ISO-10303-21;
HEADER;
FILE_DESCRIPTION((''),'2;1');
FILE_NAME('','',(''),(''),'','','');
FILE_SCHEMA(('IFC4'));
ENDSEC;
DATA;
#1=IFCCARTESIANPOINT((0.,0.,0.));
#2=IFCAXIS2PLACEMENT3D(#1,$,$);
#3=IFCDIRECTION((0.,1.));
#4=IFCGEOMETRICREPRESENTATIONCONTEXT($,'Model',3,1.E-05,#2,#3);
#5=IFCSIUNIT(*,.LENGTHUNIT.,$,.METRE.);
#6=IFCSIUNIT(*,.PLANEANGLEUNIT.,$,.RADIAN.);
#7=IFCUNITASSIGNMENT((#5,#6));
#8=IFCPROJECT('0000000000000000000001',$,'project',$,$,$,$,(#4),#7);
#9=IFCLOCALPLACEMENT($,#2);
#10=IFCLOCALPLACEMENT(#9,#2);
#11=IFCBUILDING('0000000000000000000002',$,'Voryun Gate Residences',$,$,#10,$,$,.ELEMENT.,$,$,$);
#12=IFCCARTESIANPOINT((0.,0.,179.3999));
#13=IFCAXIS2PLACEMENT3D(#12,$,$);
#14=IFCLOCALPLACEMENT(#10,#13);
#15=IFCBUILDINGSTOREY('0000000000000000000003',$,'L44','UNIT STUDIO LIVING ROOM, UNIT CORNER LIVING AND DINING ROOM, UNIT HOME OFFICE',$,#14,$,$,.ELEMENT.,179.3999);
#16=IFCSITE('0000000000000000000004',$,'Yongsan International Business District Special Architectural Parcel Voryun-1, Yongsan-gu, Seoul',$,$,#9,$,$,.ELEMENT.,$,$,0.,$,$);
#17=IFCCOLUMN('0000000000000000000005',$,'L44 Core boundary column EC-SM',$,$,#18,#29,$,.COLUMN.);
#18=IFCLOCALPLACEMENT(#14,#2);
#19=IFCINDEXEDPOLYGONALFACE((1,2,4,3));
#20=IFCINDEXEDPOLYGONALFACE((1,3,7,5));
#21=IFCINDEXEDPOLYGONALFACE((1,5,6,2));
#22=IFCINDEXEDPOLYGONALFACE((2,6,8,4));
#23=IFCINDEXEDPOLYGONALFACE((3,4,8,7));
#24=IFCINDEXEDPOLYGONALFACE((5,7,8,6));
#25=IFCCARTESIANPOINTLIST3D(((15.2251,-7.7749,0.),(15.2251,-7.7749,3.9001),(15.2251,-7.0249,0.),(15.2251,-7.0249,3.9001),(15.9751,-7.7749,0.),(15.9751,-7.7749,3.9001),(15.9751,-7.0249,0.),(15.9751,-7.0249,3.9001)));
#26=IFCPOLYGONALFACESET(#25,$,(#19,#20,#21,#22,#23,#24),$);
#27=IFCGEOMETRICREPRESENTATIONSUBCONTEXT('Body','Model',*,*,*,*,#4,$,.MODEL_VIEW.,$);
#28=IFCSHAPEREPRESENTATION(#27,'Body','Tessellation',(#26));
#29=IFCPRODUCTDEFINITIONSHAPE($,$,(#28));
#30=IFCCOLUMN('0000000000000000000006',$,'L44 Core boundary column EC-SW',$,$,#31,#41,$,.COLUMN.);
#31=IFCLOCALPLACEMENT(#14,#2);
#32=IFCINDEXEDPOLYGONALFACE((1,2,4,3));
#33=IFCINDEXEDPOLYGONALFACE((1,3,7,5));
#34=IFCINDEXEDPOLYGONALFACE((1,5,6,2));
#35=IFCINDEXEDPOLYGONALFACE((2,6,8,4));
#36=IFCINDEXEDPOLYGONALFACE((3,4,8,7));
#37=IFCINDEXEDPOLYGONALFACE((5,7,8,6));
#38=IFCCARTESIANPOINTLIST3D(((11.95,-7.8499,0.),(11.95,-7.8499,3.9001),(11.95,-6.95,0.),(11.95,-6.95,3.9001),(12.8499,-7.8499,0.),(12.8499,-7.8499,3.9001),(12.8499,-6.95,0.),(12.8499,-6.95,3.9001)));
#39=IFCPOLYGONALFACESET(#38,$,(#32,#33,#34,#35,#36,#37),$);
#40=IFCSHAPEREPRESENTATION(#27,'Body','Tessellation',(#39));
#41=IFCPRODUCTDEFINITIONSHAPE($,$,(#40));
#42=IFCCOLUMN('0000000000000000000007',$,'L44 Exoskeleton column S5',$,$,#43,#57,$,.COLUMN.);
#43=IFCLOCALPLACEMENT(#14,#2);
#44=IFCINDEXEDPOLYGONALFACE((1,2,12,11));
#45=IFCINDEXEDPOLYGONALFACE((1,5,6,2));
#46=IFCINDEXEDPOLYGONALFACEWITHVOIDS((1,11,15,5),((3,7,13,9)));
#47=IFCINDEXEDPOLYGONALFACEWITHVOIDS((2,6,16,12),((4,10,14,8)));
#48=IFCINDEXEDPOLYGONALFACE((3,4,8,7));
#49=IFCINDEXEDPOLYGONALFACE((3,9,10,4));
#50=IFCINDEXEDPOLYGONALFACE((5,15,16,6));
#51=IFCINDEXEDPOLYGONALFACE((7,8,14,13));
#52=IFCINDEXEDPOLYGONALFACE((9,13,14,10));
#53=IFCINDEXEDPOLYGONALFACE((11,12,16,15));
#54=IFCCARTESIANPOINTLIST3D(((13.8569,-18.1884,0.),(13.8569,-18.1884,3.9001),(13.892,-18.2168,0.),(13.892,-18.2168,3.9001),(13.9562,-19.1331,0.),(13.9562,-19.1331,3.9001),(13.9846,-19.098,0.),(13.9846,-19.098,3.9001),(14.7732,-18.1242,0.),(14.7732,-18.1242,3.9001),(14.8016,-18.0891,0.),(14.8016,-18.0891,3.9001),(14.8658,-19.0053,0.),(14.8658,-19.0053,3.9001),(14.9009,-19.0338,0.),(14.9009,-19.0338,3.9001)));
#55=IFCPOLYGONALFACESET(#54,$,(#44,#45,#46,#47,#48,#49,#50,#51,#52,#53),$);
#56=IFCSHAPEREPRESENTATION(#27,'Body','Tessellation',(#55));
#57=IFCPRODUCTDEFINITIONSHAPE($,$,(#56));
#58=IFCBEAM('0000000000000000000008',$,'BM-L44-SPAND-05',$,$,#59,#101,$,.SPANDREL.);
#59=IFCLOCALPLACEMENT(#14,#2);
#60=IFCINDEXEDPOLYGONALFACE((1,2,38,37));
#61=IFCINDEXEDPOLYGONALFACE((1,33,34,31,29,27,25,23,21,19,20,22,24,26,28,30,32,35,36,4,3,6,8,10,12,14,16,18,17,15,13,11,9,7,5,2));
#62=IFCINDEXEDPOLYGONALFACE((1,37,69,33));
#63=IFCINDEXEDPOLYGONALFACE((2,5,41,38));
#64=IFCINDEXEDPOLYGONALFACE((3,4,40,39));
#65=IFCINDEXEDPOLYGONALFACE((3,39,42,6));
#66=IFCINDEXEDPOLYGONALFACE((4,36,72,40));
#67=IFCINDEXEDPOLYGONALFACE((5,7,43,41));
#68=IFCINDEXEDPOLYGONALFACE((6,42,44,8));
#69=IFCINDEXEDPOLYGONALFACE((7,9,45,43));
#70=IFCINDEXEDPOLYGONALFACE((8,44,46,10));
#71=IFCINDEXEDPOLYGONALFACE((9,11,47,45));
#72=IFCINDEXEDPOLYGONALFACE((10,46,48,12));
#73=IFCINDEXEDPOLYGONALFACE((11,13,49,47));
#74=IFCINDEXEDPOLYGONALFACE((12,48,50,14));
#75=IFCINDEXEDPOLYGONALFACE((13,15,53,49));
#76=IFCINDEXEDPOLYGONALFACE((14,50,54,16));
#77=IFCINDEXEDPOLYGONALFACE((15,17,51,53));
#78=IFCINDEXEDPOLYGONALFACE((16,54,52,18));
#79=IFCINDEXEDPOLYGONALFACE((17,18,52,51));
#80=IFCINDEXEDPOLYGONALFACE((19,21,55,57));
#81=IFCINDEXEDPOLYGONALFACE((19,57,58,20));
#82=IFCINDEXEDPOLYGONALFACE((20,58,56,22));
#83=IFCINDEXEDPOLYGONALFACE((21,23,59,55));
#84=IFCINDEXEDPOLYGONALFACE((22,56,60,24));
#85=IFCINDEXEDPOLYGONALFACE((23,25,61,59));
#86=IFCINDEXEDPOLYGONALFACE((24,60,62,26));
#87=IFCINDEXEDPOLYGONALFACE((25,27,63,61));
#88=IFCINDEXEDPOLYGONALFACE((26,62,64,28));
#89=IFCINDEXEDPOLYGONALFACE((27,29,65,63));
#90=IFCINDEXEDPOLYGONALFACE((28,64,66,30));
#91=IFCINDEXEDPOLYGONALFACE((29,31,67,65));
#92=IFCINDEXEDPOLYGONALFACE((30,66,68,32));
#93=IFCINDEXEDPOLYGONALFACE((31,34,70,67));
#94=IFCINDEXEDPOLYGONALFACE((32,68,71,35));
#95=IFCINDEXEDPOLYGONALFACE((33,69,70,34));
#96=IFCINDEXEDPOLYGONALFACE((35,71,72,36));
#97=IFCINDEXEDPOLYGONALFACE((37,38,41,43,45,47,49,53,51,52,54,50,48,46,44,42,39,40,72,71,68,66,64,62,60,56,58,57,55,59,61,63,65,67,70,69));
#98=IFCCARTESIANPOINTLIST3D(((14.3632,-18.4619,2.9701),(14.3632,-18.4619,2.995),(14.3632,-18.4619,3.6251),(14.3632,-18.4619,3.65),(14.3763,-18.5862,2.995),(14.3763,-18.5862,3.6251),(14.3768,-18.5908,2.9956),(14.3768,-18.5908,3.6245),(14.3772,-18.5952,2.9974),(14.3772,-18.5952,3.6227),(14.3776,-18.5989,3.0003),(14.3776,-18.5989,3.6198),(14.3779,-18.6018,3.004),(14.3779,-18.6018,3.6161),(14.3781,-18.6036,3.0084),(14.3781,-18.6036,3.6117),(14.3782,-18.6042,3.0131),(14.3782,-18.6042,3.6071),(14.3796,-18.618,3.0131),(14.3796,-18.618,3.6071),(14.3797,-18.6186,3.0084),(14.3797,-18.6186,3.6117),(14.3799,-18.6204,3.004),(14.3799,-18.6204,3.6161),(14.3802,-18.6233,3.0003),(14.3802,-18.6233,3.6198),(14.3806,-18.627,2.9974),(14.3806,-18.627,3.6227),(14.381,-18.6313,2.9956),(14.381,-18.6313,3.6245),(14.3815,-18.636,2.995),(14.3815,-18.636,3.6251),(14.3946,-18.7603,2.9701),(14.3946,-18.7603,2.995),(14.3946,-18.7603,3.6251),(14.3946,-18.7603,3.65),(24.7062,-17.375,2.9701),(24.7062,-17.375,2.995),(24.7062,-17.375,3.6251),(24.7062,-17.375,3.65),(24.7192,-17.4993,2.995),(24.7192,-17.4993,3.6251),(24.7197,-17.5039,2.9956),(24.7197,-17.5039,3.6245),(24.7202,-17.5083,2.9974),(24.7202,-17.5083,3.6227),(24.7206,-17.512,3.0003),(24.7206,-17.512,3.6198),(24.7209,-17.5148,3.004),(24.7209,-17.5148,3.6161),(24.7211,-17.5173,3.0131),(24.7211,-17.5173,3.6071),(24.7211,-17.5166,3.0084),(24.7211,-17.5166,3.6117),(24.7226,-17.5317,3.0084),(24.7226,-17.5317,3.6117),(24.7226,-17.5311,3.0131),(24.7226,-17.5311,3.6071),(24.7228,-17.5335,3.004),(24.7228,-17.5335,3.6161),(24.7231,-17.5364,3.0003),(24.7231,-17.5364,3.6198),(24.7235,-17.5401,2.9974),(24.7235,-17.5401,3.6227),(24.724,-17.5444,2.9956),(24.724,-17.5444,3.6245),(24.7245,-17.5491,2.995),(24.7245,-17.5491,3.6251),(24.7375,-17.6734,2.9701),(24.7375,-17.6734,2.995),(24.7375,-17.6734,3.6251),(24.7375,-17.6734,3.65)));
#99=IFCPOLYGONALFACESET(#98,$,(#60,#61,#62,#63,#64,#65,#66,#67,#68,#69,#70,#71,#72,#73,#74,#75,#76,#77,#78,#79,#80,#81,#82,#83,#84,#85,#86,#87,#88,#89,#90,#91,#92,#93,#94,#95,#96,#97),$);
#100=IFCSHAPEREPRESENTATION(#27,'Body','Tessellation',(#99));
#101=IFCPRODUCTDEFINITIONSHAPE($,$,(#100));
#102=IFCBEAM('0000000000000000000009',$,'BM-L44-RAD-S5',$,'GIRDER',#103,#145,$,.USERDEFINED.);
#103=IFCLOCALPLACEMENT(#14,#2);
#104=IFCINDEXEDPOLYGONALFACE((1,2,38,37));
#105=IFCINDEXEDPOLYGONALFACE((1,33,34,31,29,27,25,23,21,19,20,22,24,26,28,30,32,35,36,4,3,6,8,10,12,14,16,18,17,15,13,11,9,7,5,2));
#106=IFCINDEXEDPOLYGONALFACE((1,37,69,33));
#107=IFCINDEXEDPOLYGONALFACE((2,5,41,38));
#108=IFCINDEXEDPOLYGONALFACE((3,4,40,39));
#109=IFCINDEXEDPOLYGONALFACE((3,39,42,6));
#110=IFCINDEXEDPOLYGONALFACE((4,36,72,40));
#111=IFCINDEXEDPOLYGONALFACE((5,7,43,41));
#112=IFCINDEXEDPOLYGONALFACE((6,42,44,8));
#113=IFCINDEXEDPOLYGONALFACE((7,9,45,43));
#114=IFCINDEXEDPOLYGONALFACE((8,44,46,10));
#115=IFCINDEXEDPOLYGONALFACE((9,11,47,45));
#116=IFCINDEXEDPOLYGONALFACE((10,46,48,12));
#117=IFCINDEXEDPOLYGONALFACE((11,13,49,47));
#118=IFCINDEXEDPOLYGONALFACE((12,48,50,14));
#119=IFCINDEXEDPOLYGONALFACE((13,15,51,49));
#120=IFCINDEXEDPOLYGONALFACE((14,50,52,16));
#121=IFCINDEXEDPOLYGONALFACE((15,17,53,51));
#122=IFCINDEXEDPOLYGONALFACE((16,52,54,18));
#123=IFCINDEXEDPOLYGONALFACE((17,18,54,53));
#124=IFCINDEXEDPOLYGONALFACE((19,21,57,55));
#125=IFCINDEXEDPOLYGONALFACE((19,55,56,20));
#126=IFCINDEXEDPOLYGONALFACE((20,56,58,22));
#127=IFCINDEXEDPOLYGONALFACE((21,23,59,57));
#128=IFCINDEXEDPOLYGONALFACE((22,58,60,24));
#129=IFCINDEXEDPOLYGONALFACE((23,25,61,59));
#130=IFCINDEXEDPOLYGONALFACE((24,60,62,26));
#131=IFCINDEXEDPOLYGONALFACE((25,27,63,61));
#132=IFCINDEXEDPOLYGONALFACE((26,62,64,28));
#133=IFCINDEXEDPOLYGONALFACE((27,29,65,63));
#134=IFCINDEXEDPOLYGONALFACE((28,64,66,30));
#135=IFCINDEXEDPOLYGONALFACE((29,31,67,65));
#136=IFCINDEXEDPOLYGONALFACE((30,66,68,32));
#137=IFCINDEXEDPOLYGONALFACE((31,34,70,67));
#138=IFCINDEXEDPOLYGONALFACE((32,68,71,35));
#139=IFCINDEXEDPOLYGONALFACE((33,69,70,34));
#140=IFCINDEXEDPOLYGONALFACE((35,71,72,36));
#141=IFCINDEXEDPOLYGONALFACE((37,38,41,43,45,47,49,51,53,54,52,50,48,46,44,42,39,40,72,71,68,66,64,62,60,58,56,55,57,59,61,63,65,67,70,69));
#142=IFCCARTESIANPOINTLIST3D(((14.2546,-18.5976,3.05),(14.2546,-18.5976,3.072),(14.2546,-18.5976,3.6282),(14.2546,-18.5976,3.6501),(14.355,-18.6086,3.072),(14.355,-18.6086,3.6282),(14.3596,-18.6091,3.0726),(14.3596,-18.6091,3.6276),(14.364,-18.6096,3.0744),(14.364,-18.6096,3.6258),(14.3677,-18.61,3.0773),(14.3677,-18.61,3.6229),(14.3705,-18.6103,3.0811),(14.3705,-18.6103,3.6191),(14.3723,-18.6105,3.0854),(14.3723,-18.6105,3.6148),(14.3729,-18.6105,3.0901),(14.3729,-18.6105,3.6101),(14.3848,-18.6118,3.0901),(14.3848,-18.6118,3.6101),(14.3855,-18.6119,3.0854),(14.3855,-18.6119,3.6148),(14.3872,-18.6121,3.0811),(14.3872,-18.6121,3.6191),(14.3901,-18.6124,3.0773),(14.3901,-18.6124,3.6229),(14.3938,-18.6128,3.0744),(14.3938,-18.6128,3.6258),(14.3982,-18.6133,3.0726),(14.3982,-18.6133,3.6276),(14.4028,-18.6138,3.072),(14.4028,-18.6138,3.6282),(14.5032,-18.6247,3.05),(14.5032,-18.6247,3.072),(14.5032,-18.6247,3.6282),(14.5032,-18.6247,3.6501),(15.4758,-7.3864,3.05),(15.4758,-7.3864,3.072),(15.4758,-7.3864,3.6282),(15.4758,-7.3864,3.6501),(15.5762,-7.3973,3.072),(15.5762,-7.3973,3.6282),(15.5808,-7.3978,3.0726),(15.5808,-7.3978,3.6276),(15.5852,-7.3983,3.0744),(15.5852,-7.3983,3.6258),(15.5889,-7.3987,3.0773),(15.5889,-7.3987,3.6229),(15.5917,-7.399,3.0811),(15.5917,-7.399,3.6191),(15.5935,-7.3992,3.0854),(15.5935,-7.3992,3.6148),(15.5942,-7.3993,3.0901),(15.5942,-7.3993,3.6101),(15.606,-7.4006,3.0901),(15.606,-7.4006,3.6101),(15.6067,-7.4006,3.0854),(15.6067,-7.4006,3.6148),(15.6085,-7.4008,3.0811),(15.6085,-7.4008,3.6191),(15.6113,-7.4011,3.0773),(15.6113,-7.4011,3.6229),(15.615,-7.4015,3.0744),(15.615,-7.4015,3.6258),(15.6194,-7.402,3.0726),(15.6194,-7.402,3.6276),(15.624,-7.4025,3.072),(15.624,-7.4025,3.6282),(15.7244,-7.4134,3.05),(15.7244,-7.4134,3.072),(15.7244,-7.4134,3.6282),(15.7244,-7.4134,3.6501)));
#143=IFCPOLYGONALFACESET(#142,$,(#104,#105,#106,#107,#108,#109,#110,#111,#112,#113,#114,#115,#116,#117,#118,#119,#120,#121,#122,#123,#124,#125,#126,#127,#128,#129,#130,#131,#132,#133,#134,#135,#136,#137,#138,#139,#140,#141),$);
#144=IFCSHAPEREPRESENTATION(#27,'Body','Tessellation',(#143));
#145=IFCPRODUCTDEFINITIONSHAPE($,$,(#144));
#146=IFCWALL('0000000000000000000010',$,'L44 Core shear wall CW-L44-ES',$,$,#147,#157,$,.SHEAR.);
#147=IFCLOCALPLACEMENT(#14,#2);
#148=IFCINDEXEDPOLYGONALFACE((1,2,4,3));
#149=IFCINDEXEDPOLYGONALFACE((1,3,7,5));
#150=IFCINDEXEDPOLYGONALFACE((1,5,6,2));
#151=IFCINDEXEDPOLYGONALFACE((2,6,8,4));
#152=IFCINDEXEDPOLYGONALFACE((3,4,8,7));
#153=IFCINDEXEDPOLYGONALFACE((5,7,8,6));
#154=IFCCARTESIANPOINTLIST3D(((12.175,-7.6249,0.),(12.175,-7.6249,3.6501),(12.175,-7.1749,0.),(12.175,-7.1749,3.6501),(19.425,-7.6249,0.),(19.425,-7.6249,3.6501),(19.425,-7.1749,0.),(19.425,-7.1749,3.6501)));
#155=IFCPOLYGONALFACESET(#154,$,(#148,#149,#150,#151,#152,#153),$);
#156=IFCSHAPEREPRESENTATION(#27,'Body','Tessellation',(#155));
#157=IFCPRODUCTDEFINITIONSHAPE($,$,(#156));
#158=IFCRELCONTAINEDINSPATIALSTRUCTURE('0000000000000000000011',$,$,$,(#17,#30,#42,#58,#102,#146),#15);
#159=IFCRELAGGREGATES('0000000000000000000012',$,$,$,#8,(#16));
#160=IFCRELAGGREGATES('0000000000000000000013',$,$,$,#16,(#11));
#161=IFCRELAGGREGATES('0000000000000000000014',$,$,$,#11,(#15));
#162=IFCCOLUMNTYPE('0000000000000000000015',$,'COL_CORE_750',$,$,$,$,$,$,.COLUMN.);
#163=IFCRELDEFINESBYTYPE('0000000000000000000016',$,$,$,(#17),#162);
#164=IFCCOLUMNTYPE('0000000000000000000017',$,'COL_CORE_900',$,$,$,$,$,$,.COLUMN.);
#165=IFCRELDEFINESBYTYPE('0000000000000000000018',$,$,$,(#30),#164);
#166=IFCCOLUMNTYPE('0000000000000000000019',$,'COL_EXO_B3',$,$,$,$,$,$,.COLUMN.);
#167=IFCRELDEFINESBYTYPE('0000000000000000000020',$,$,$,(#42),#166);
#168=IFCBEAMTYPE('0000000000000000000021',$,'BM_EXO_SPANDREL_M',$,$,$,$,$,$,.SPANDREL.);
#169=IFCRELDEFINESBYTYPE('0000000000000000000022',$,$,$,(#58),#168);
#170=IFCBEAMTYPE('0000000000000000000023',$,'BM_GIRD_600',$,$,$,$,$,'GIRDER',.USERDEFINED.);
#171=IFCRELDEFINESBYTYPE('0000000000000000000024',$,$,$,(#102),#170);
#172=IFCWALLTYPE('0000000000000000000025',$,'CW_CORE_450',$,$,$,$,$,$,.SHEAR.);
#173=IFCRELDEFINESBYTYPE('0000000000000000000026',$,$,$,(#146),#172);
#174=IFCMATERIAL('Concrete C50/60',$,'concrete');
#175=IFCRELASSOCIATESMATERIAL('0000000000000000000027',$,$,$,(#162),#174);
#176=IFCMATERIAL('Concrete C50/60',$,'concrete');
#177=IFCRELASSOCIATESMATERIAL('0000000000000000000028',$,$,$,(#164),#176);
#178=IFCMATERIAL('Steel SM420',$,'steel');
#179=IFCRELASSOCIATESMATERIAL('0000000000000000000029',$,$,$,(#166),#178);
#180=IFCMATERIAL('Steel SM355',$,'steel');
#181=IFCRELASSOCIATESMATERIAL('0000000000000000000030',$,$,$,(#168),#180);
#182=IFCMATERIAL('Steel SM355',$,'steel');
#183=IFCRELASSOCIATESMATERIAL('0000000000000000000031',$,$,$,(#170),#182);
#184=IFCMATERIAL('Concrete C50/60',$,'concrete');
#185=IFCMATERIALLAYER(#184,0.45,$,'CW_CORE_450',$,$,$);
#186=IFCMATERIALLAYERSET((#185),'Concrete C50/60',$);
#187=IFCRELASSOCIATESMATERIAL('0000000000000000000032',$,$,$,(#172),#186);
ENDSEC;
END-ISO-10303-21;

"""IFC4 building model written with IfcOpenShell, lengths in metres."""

from ifc_helpers import new_model, si_unit, direction, frame, frame_2d, origin, origin_2d, place, context, subcontext, project, spatial, rectangle, hollow_rectangle, i_section, extrude, material, layer, layer_set, material_profile, profile_set, type_object, element, save


model = new_model("IFC4")

# Units and contexts
model_context = context("Model", 3, precision=1e-05, world=origin(), true_north=direction((0.0, 1.0)))
body_context = subcontext(model_context, "Body", "Model", "MODEL_VIEW")
ifc_project = project(units=[si_unit("LENGTHUNIT", "METRE"), si_unit("PLANEANGLEUNIT", "RADIAN")], contexts=[model_context])

# Site, building, storey
site_placement = place(None, origin())
site = spatial("IfcSite", under=ifc_project, at=site_placement, Name="Yongsan International Business District Special Architectural Parcel Voryun-1, Yongsan-gu, Seoul", CompositionType="ELEMENT", RefElevation=0.0)
building_placement = place(site_placement, origin())
building = spatial("IfcBuilding", under=site, at=building_placement, Name="Voryun Gate Residences", CompositionType="ELEMENT")
storey_placement = place(building_placement, frame((0.0, 0.0, 179.3999)))
storey = spatial("IfcBuildingStorey", under=building, at=storey_placement, Name="L44", Description="UNIT STUDIO LIVING ROOM, UNIT CORNER LIVING AND DINING ROOM, UNIT HOME OFFICE", CompositionType="ELEMENT", Elevation=179.3999)

# Columns
ifc_material_1 = material(Name="Concrete C50/60", Category="concrete")
ifc_material_profile_1 = material_profile(ifc_material_1, rectangle(XDim=0.75, YDim=0.75, at=origin_2d()), Name="RC-750x750")
ifc_profile_set_1 = profile_set([ifc_material_profile_1], Name="Concrete C50/60")
column_type_1 = type_object("IfcColumnType", Name="COL_CORE_750", PredefinedType="COLUMN", material=ifc_profile_set_1)
column_1_placement = place(storey_placement, frame((15.6001, -7.3999, 0.0), z_axis=(0.0, 0.0, 1.0), x_axis=(1.0, 0.0, 0.0)))
element("IfcColumn", 1, at=column_1_placement, inside=storey, type_object=column_type_1, Name="L44 Core boundary column EC-SM", PredefinedType="COLUMN", context=body_context, shape_type="SweptSolid", body=[
    extrude(rectangle(XDim=0.75, YDim=0.75, at=origin_2d()), origin(), (0.0, 0.0, 1.0), 3.9001),
])
ifc_material_2 = material(Name="Concrete C50/60", Category="concrete")
ifc_material_profile_2 = material_profile(ifc_material_2, rectangle(XDim=0.8999, YDim=0.8999, at=origin_2d()), Name="RC-900x900")
ifc_profile_set_2 = profile_set([ifc_material_profile_2], Name="Concrete C50/60")
column_type_2 = type_object("IfcColumnType", Name="COL_CORE_900", PredefinedType="COLUMN", material=ifc_profile_set_2)
column_2_placement = place(storey_placement, frame((12.3999, -7.3999, 0.0), z_axis=(0.0, 0.0, 1.0), x_axis=(1.0, 0.0, 0.0)))
element("IfcColumn", 2, at=column_2_placement, inside=storey, type_object=column_type_2, Name="L44 Core boundary column EC-SW", PredefinedType="COLUMN", context=body_context, shape_type="SweptSolid", body=[
    extrude(rectangle(XDim=0.8999, YDim=0.8999, at=origin_2d()), origin(), (0.0, 0.0, 1.0), 3.9001),
])
ifc_material_3 = material(Name="Steel SM420", Category="steel")
ifc_material_profile_3 = material_profile(ifc_material_3, hollow_rectangle(XDim=0.95, YDim=0.95, WallThickness=0.032, at=origin_2d()), Name="BOX-950x950x32")
ifc_profile_set_3 = profile_set([ifc_material_profile_3], Name="Steel SM420")
column_type_3 = type_object("IfcColumnType", Name="COL_EXO_B3", PredefinedType="COLUMN", material=ifc_profile_set_3)
column_3_placement = place(storey_placement, frame((14.3789, -18.6111, 0.0), z_axis=(0.0, 0.0, 1.0), x_axis=(0.994522, 0.104528, 0.0)))
element("IfcColumn", 3, at=column_3_placement, inside=storey, type_object=column_type_3, Name="L44 Exoskeleton column S5", PredefinedType="COLUMN", context=body_context, shape_type="SweptSolid", body=[
    extrude(hollow_rectangle(XDim=0.95, YDim=0.95, WallThickness=0.032, at=origin_2d()), origin(), (0.0, 0.0, 1.0), 3.9001),
])

# Beams
ifc_material_4 = material(Name="Steel SM355", Category="steel")
ifc_material_profile_4 = material_profile(ifc_material_4, i_section(OverallWidth=0.3, OverallDepth=0.6799, WebThickness=0.0139, FlangeThickness=0.0249, FilletRadius=0.0181, at=origin_2d()), Name="H-680x300x14x25")
ifc_profile_set_4 = profile_set([ifc_material_profile_4], Name="Steel SM355")
beam_type_1 = type_object("IfcBeamType", Name="BM_EXO_SPANDREL_M", PredefinedType="SPANDREL", material=ifc_profile_set_4)
beam_1_placement = place(storey_placement, frame((14.3789, -18.6111, 3.3101), z_axis=(0.994524, 0.104511, 0.0), x_axis=(-0.104511, 0.994524, 0.0)))
element("IfcBeam", 4, at=beam_1_placement, inside=storey, type_object=beam_type_1, Name="BM-L44-SPAND-05", PredefinedType="SPANDREL", context=body_context, shape_type="SweptSolid", body=[
    extrude(i_section(OverallWidth=0.3, OverallDepth=0.6799, WebThickness=0.0139, FlangeThickness=0.0249, FilletRadius=0.0181, at=origin_2d()), origin(), (0.0, 0.0, 1.0), 10.3999),
])
ifc_material_5 = material(Name="Steel SM355", Category="steel")
ifc_material_profile_5 = material_profile(ifc_material_5, i_section(OverallWidth=0.25, OverallDepth=0.6001, WebThickness=0.012, FlangeThickness=0.022, FilletRadius=0.0181, at=origin_2d()), Name="H-600x250x12x22")
ifc_profile_set_5 = profile_set([ifc_material_profile_5], Name="Steel SM355")
beam_type_2 = type_object("IfcBeamType", Name="BM_GIRD_600", ElementType="GIRDER", PredefinedType="USERDEFINED", material=ifc_profile_set_5)
beam_2_placement = place(storey_placement, frame((15.6001, -7.3999, 3.3501), z_axis=(-0.108286, -0.99412, 0.0), x_axis=(0.99412, -0.108286, 0.0)))
element("IfcBeam", 5, at=beam_2_placement, inside=storey, type_object=beam_type_2, Name="BM-L44-RAD-S5", ObjectType="GIRDER", PredefinedType="USERDEFINED", context=body_context, shape_type="SweptSolid", body=[
    extrude(i_section(OverallWidth=0.25, OverallDepth=0.6001, WebThickness=0.012, FlangeThickness=0.022, FilletRadius=0.0181, at=origin_2d()), origin(), (0.0, 0.0, 1.0), 11.2776),
])

# Wall
ifc_material_6 = material(Name="Concrete C50/60", Category="concrete")
ifc_layer_1 = layer(ifc_material_6, 0.45, Name="CW_CORE_450")
ifc_layer_set_1 = layer_set([ifc_layer_1], Name="Concrete C50/60")
wall_type_1 = type_object("IfcWallType", Name="CW_CORE_450", PredefinedType="SHEAR", material=ifc_layer_set_1)
wall_1_placement = place(storey_placement, frame((12.175, -7.3999, 0.0), z_axis=(0.0, 0.0, 1.0), x_axis=(1.0, 0.0, 0.0)))
element("IfcWall", 6, at=wall_1_placement, inside=storey, type_object=wall_type_1, Name="L44 Core shear wall CW-L44-ES", PredefinedType="SHEAR", context=body_context, shape_type="SweptSolid", body=[
    extrude(rectangle(XDim=7.25, YDim=0.45, at=frame_2d((3.625, 0.0))), origin(), (0.0, 0.0, 1.0), 3.6501),
])

save(model, "model.ifc")
